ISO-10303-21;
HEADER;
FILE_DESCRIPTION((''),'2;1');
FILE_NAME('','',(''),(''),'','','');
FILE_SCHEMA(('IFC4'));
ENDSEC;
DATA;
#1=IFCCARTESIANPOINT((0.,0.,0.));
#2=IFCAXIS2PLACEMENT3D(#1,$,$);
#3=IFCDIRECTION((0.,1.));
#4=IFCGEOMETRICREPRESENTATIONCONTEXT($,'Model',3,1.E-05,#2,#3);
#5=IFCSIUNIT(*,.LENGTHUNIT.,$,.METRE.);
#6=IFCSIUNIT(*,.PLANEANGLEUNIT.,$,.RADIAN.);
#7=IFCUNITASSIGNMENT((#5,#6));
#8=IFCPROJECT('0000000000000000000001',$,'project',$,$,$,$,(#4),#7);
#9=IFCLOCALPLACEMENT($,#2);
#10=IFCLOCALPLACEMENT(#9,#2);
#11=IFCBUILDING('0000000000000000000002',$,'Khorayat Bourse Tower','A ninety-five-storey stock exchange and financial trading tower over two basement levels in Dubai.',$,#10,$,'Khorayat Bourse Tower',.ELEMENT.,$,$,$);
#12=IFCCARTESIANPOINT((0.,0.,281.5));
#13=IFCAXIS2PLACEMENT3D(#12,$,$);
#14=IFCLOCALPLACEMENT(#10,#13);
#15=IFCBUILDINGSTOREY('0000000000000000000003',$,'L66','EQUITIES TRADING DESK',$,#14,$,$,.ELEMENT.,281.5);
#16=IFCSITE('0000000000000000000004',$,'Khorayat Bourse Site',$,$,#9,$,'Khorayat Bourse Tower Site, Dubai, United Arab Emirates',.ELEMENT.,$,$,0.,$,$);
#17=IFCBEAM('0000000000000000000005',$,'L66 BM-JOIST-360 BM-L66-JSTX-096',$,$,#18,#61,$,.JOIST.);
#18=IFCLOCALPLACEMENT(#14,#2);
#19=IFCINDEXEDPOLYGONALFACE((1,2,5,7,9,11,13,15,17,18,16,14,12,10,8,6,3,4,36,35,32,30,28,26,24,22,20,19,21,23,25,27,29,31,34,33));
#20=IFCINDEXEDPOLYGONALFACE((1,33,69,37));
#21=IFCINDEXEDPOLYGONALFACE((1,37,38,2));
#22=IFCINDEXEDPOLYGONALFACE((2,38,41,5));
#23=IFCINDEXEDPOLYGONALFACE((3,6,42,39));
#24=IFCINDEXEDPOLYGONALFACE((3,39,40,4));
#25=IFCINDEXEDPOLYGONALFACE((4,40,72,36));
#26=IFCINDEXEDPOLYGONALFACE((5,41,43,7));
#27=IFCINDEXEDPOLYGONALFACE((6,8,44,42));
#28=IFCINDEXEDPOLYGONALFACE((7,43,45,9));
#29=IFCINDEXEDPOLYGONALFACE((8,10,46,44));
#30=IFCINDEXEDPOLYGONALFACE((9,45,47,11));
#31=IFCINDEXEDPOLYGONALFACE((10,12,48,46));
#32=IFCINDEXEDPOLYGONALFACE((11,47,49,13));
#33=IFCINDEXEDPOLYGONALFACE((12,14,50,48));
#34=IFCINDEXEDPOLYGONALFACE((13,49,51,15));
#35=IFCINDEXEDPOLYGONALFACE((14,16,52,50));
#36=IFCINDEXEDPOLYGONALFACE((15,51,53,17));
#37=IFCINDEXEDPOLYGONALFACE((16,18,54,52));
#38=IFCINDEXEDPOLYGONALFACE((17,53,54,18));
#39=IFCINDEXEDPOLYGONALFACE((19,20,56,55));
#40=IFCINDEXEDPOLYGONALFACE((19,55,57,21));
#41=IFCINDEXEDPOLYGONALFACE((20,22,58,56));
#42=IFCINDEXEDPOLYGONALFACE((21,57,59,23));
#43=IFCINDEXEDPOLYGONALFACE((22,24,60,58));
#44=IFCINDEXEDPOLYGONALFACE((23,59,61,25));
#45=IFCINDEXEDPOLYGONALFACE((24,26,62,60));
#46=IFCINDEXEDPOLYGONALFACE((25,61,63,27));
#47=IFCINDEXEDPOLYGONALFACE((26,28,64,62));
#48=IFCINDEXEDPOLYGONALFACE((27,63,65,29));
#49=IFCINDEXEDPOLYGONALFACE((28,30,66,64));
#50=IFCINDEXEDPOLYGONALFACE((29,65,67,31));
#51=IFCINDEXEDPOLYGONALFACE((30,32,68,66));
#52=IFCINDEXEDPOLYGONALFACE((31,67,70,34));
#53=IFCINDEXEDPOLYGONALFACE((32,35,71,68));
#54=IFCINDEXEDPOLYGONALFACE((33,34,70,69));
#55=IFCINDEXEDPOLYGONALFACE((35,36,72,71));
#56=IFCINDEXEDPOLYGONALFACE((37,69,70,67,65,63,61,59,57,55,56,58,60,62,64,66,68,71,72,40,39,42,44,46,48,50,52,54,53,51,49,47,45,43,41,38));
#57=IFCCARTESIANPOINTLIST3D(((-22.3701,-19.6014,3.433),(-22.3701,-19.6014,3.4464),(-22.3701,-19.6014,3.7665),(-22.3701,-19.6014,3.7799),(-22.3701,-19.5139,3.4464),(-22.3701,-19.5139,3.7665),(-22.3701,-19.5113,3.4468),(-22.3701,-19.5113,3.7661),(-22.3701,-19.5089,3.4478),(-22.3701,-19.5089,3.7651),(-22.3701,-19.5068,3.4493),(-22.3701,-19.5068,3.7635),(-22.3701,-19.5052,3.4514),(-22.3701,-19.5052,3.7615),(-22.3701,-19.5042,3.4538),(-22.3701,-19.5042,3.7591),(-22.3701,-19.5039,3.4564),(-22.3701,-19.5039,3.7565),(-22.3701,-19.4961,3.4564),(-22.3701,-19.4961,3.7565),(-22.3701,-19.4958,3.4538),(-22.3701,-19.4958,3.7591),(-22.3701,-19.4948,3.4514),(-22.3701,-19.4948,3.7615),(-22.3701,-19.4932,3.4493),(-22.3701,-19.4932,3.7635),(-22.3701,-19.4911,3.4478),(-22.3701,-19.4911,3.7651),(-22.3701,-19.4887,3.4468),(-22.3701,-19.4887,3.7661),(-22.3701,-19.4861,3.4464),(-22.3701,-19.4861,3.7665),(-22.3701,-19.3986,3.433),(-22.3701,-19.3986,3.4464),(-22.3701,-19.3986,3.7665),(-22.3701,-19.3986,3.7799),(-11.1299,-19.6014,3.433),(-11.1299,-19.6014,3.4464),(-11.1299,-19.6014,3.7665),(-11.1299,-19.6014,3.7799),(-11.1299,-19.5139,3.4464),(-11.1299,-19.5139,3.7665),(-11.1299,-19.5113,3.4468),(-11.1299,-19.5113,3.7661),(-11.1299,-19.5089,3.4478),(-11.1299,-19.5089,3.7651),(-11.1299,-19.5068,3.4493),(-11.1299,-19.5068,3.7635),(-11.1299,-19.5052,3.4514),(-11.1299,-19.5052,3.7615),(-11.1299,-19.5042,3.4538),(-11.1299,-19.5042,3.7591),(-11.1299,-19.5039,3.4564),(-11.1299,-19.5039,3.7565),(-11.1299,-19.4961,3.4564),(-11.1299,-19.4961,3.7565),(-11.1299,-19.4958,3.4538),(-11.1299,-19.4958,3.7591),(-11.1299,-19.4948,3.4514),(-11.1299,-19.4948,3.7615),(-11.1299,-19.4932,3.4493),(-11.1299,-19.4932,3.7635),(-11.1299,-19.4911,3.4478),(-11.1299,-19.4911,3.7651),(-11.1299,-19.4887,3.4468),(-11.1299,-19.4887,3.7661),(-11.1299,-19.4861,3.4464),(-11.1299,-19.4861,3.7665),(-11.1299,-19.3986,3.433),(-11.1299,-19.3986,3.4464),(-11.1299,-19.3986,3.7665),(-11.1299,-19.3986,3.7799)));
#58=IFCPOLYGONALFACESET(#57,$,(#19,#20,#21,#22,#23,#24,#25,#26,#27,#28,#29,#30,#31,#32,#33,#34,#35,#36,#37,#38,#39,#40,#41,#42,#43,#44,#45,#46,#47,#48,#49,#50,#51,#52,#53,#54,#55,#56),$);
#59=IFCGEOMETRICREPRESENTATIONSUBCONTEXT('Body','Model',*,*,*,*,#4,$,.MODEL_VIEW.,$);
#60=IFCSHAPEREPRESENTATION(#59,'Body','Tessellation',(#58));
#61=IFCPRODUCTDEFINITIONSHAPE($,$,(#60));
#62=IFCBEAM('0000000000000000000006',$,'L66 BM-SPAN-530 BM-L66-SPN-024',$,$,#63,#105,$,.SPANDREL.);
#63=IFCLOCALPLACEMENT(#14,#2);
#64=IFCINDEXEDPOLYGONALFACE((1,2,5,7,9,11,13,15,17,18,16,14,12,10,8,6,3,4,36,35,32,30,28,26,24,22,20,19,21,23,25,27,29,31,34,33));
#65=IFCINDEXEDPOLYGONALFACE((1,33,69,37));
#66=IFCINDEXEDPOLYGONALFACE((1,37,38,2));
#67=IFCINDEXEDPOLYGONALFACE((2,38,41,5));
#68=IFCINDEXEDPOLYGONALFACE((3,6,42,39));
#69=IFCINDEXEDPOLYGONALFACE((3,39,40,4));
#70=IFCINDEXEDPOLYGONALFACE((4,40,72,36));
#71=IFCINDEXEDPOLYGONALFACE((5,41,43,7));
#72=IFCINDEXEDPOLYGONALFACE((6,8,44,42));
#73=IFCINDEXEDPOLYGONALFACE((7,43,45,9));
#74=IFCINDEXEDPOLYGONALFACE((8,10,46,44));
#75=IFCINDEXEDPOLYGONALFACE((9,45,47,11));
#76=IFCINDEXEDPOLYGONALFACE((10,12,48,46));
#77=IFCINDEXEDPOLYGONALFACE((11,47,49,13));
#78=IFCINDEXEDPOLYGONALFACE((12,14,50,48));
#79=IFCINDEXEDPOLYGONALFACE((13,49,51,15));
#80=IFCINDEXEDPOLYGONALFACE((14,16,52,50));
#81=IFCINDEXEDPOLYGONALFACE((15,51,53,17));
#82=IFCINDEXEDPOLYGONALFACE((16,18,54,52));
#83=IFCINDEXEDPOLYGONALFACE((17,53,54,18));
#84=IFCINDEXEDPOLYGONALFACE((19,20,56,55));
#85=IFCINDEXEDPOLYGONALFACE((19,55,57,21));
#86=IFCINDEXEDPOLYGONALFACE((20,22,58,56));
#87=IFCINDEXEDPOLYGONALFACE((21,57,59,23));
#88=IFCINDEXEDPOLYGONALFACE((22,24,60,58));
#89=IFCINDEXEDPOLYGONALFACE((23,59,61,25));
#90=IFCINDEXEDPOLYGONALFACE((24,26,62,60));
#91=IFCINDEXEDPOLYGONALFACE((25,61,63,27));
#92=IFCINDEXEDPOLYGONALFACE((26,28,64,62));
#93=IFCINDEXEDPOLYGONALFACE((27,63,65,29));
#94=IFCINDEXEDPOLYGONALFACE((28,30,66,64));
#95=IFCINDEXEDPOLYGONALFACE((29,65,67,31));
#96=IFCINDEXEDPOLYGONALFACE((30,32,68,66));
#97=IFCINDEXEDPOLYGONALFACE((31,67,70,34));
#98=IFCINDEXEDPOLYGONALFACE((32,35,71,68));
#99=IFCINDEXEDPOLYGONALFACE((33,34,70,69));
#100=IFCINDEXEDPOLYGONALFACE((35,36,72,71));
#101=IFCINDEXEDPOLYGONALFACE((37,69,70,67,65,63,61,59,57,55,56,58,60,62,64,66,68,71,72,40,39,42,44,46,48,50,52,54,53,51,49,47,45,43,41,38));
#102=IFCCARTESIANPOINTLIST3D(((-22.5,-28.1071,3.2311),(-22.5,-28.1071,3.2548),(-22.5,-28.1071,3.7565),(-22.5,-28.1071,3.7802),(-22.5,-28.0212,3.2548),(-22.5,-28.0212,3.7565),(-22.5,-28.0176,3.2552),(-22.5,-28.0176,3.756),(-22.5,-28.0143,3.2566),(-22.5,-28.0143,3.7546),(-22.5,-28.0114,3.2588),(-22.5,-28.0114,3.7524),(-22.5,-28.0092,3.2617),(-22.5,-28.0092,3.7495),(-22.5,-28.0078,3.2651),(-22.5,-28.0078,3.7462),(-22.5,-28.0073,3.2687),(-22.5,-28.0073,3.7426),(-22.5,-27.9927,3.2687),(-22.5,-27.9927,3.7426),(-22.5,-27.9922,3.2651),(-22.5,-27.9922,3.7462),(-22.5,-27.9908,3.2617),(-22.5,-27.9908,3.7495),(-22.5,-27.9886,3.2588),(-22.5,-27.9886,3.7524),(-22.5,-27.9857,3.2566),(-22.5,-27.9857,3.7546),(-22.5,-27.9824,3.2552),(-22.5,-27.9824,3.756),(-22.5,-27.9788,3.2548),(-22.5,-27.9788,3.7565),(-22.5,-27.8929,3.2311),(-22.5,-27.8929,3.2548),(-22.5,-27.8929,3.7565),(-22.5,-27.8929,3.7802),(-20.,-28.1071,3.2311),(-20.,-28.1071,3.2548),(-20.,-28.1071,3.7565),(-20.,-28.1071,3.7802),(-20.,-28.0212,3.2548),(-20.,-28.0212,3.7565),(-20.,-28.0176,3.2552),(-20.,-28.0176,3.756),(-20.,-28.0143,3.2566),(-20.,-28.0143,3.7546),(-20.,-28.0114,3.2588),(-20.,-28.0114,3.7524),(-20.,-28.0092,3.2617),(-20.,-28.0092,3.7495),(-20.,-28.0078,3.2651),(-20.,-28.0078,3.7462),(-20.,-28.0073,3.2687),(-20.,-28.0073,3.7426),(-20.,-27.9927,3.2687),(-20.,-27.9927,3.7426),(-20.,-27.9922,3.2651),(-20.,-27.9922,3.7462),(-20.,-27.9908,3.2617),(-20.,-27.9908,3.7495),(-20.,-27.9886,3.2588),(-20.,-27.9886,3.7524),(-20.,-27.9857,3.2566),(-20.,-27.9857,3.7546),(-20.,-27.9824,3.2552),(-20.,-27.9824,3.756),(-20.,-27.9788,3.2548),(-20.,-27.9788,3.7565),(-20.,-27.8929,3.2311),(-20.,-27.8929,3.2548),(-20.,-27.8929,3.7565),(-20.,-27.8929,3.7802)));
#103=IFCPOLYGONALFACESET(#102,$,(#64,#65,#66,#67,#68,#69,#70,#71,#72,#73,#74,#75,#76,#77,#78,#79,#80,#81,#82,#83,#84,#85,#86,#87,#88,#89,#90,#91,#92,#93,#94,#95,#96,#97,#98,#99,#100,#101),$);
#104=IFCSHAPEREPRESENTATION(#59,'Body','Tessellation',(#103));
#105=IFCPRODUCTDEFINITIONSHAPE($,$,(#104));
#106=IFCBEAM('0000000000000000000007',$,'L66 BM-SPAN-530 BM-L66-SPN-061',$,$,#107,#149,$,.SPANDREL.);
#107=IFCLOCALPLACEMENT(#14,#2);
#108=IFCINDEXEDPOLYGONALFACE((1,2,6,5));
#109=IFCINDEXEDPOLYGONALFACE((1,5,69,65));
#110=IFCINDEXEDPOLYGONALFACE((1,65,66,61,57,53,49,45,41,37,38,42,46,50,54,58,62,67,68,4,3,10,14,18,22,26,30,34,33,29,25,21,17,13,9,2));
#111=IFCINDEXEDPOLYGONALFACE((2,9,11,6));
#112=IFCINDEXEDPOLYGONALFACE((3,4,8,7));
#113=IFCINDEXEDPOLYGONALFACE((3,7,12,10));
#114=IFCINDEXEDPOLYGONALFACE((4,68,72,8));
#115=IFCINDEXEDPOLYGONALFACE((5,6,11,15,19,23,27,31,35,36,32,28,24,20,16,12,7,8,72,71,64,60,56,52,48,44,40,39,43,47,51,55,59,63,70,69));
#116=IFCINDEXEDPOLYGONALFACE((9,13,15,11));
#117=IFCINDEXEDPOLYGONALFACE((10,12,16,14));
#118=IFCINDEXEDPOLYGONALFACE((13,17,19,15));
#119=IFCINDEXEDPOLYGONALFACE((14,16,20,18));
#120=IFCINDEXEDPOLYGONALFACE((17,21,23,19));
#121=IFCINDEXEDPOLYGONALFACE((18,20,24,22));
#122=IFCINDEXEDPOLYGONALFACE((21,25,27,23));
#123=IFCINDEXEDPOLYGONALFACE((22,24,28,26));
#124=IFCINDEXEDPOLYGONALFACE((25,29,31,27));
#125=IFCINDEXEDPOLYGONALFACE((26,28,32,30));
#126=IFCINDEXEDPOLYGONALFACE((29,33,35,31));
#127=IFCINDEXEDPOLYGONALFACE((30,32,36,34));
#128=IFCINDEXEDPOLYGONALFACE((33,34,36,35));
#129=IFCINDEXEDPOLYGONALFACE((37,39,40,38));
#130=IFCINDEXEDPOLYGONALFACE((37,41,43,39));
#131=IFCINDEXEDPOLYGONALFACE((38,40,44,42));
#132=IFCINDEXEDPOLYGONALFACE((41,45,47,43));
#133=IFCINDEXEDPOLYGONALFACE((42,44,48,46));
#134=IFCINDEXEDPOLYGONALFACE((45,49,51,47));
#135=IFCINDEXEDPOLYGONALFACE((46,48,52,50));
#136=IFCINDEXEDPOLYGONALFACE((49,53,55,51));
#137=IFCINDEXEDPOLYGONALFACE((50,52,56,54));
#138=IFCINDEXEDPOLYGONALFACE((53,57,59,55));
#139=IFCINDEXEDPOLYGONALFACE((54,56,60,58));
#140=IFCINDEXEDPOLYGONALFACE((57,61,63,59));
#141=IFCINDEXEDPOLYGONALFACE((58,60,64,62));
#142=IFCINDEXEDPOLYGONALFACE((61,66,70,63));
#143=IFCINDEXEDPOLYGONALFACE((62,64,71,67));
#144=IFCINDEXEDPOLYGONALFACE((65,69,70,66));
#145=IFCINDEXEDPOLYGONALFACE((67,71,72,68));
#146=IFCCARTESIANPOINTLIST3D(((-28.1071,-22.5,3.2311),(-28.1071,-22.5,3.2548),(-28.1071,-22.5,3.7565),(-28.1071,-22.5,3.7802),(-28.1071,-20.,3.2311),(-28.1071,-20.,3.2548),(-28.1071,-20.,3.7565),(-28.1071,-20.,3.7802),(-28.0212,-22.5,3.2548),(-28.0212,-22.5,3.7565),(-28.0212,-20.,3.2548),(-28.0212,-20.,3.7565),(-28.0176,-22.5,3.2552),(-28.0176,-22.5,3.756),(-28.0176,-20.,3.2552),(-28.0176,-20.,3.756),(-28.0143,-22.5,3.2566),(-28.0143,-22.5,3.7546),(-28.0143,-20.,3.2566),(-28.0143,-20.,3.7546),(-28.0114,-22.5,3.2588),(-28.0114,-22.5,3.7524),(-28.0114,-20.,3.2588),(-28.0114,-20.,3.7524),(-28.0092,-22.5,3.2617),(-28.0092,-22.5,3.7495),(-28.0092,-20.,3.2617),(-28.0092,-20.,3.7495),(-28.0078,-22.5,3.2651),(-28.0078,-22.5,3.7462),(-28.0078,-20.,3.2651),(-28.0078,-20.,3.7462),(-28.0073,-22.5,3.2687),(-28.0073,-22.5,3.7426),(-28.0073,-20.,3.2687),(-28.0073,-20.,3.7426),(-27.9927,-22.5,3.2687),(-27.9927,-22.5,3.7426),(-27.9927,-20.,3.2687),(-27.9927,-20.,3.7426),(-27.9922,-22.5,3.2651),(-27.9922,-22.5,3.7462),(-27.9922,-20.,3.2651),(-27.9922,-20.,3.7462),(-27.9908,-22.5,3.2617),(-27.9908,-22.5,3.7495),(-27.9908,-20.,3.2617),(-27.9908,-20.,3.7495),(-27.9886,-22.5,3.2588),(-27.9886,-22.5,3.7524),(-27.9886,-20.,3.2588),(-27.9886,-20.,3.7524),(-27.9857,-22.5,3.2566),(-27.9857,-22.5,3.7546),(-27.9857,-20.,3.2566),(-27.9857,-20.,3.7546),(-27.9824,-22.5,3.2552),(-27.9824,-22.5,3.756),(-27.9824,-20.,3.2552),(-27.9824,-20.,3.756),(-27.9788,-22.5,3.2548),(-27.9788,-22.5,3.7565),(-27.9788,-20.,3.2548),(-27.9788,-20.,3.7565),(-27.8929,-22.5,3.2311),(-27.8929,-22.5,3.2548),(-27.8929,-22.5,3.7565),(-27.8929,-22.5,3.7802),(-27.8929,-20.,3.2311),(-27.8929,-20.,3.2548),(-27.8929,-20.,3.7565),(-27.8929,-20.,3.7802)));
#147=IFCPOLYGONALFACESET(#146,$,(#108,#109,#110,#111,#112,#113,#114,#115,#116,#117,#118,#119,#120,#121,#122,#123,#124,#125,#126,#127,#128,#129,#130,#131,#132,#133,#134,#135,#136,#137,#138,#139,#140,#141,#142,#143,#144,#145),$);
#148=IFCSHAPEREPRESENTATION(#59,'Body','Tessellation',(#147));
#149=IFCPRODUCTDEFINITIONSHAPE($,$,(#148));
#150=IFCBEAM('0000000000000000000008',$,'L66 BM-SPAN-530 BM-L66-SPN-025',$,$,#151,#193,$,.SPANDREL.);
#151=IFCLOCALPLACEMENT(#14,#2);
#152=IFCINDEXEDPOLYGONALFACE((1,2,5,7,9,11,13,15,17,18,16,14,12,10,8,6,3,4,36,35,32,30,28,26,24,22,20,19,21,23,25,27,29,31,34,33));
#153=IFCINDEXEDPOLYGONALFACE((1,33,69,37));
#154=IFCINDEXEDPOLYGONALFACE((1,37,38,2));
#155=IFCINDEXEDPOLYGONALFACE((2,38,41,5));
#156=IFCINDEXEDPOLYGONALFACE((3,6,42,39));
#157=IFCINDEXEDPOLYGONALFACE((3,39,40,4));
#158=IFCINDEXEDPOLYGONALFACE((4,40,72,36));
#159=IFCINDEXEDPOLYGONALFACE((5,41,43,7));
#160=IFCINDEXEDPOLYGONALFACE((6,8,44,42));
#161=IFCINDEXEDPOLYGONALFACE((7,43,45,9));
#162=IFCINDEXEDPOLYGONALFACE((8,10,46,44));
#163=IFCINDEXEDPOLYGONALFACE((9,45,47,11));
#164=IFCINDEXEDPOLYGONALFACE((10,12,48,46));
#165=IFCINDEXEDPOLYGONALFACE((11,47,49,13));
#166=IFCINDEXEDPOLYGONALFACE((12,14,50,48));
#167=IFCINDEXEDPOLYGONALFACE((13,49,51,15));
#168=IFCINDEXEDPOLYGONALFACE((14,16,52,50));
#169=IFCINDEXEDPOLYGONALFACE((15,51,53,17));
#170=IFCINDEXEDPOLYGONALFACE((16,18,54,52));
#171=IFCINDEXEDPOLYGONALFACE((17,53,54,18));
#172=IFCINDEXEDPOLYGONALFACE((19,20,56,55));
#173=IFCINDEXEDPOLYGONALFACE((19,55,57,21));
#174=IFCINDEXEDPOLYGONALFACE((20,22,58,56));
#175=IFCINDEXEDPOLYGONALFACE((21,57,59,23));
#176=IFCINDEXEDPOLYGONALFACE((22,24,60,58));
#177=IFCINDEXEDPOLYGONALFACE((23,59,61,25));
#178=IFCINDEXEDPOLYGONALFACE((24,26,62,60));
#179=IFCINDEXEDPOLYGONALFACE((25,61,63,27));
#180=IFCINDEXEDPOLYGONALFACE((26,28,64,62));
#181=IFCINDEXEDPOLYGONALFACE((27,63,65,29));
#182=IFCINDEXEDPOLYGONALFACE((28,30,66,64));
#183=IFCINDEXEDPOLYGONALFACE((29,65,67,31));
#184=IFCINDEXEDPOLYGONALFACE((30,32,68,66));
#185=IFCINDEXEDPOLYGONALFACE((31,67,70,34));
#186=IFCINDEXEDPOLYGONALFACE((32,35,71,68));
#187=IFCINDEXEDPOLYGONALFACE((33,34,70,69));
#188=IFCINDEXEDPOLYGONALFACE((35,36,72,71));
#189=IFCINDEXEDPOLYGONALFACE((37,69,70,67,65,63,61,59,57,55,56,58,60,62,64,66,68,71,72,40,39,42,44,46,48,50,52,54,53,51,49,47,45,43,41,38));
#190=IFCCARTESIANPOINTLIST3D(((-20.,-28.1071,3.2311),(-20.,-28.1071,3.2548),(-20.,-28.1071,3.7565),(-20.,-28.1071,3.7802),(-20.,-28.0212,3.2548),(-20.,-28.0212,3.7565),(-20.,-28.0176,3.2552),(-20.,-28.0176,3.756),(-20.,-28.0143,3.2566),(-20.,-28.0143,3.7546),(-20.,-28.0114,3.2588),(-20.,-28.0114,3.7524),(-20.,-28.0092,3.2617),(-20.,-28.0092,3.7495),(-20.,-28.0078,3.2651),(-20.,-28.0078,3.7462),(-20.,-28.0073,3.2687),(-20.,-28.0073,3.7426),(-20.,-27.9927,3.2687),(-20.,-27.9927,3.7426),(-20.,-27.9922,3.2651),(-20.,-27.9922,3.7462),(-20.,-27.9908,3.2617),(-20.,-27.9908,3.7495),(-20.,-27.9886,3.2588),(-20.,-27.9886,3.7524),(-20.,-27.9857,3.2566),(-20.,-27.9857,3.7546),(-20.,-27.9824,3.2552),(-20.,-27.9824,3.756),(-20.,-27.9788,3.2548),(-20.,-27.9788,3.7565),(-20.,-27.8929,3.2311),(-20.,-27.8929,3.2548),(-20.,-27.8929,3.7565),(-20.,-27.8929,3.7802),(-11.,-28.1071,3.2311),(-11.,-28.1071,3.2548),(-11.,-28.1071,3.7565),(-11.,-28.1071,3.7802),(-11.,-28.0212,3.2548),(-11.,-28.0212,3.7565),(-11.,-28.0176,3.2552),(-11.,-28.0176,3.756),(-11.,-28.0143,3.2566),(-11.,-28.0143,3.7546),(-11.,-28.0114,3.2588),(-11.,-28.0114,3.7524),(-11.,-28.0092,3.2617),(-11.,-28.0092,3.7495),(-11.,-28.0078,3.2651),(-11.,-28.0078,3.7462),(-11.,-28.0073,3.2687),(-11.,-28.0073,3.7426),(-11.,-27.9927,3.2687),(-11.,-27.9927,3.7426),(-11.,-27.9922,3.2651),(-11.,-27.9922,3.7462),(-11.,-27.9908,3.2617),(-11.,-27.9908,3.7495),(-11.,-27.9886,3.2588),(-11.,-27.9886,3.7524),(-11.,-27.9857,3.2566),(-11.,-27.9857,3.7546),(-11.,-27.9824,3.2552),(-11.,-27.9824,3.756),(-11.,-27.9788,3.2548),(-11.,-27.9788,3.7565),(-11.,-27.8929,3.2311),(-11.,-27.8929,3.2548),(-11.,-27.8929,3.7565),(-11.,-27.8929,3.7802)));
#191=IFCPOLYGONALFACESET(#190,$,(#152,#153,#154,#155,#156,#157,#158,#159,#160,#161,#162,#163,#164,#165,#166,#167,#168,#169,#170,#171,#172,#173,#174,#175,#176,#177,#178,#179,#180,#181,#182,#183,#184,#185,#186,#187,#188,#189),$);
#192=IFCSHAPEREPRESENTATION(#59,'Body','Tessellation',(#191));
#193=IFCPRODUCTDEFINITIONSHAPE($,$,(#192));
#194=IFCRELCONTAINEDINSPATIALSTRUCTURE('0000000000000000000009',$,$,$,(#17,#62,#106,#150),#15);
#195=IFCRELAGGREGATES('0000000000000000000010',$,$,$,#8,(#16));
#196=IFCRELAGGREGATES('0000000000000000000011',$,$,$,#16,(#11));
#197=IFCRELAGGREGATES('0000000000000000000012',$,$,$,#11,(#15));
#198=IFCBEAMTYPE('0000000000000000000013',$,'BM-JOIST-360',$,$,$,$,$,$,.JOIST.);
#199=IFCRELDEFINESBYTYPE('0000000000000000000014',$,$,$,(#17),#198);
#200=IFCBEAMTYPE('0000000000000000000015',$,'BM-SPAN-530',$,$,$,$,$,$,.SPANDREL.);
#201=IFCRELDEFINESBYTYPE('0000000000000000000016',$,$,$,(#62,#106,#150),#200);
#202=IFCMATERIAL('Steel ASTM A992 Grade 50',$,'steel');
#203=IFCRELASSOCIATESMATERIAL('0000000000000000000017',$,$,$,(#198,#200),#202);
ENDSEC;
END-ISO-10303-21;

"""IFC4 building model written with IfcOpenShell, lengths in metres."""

from ifc_helpers import new_model, si_unit, direction, frame, origin, origin_2d, place, context, subcontext, project, spatial, i_section, extrude, source, transform, mapped, material, material_profile, profile_set, type_object, element, save


model = new_model("IFC4")

# Units and contexts
model_context = context("Model", 3, precision=1e-05, world=origin(), true_north=direction((0.0, 1.0)))
body_context = subcontext(model_context, "Body", "Model", "MODEL_VIEW")
ifc_project = project(units=[si_unit("LENGTHUNIT", "METRE"), si_unit("PLANEANGLEUNIT", "RADIAN")], contexts=[model_context])

# Site, building, storey
site_placement = place(None, origin())
site = spatial("IfcSite", under=ifc_project, at=site_placement, Name="Khorayat Bourse Site", LongName="Khorayat Bourse Tower Site, Dubai, United Arab Emirates", CompositionType="ELEMENT", RefElevation=0.0)
building_placement = place(site_placement, origin())
building = spatial("IfcBuilding", under=site, at=building_placement, Name="Khorayat Bourse Tower", Description="A ninety-five-storey stock exchange and financial trading tower over two basement levels in Dubai.", LongName="Khorayat Bourse Tower", CompositionType="ELEMENT")
storey_placement = place(building_placement, frame((0.0, 0.0, 281.5)))
storey = spatial("IfcBuildingStorey", under=building, at=storey_placement, Name="L66", Description="EQUITIES TRADING DESK", CompositionType="ELEMENT", Elevation=281.5)

# Beams
ifc_material_1 = material(Name="Steel ASTM A992 Grade 50", Category="steel")
ifc_material_profile_1 = material_profile(ifc_material_1, i_section(OverallWidth=0.2029, OverallDepth=0.3469, WebThickness=0.0078, FlangeThickness=0.0134, FilletRadius=0.01, at=origin_2d()), Name="W360X64")
ifc_profile_set_1 = profile_set([ifc_material_profile_1], Name="Steel ASTM A992 Grade 50")
beam_type_1 = type_object("IfcBeamType", Name="BM-JOIST-360", PredefinedType="JOIST", material=ifc_profile_set_1)
shared_shape_1 = source(origin(), body_context, "Body", "SweptSolid", [
    extrude(i_section(OverallWidth=0.2029, OverallDepth=0.3469, WebThickness=0.0078, FlangeThickness=0.0134, FilletRadius=0.01, at=origin_2d()), origin(), (0.0, 0.0, 1.0), 11.2402),
])
beam_1_placement = place(storey_placement, frame((-22.3701, -19.5, 3.6064), z_axis=(1.0, 0.0, 0.0), x_axis=(0.0, 1.0, 0.0)))
element("IfcBeam", 1, at=beam_1_placement, inside=storey, type_object=beam_type_1, Name="L66 BM-JOIST-360 BM-L66-JSTX-096", PredefinedType="JOIST", context=body_context, shape_type="MappedRepresentation", body=[
    mapped(shared_shape_1, transform((0.0, 0.0, 0.0), scale=1.0)),
])
ifc_material_profile_2 = material_profile(ifc_material_1, i_section(OverallWidth=0.2141, OverallDepth=0.5491, WebThickness=0.0146, FlangeThickness=0.0237, FilletRadius=0.0139, at=origin_2d()), Name="W530X138")
ifc_profile_set_2 = profile_set([ifc_material_profile_2], Name="Steel ASTM A992 Grade 50")
beam_type_2 = type_object("IfcBeamType", Name="BM-SPAN-530", PredefinedType="SPANDREL", material=ifc_profile_set_2)
shared_shape_2 = source(origin(), body_context, "Body", "SweptSolid", [
    extrude(i_section(OverallWidth=0.2141, OverallDepth=0.5491, WebThickness=0.0146, FlangeThickness=0.0237, FilletRadius=0.0139, at=origin_2d()), origin(), (0.0, 0.0, 1.0), 2.5),
])
for number, where, z_axis, x_axis, name in (
    (2, (-22.5, -28.0, 3.5056), (1.0, 0.0, 0.0), (0.0, 1.0, 0.0), "L66 BM-SPAN-530 BM-L66-SPN-024"),
    (3, (-28.0, -22.5, 3.5056), (0.0, 1.0, 0.0), (-1.0, 0.0, 0.0), "L66 BM-SPAN-530 BM-L66-SPN-061"),
):
    element("IfcBeam", number, at=place(storey_placement, frame(where, z_axis=z_axis, x_axis=x_axis)), inside=storey, type_object=beam_type_2, Name=name, PredefinedType="SPANDREL", context=body_context, shape_type="MappedRepresentation", body=[
        mapped(shared_shape_2, transform((0.0, 0.0, 0.0), scale=1.0)),
    ])
shared_shape_3 = source(origin(), body_context, "Body", "SweptSolid", [
    extrude(i_section(OverallWidth=0.2141, OverallDepth=0.5491, WebThickness=0.0146, FlangeThickness=0.0237, FilletRadius=0.0139, at=origin_2d()), origin(), (0.0, 0.0, 1.0), 9.0),
])
for number, where, z_axis, x_axis, name in (
    (4, (-20.0, -28.0, 3.5056), (1.0, 0.0, 0.0), (0.0, 1.0, 0.0), "L66 BM-SPAN-530 BM-L66-SPN-025"),
):
    element("IfcBeam", number, at=place(storey_placement, frame(where, z_axis=z_axis, x_axis=x_axis)), inside=storey, type_object=beam_type_2, Name=name, PredefinedType="SPANDREL", context=body_context, shape_type="MappedRepresentation", body=[
        mapped(shared_shape_3, transform((0.0, 0.0, 0.0), scale=1.0)),
    ])

save(model, "model.ifc")
